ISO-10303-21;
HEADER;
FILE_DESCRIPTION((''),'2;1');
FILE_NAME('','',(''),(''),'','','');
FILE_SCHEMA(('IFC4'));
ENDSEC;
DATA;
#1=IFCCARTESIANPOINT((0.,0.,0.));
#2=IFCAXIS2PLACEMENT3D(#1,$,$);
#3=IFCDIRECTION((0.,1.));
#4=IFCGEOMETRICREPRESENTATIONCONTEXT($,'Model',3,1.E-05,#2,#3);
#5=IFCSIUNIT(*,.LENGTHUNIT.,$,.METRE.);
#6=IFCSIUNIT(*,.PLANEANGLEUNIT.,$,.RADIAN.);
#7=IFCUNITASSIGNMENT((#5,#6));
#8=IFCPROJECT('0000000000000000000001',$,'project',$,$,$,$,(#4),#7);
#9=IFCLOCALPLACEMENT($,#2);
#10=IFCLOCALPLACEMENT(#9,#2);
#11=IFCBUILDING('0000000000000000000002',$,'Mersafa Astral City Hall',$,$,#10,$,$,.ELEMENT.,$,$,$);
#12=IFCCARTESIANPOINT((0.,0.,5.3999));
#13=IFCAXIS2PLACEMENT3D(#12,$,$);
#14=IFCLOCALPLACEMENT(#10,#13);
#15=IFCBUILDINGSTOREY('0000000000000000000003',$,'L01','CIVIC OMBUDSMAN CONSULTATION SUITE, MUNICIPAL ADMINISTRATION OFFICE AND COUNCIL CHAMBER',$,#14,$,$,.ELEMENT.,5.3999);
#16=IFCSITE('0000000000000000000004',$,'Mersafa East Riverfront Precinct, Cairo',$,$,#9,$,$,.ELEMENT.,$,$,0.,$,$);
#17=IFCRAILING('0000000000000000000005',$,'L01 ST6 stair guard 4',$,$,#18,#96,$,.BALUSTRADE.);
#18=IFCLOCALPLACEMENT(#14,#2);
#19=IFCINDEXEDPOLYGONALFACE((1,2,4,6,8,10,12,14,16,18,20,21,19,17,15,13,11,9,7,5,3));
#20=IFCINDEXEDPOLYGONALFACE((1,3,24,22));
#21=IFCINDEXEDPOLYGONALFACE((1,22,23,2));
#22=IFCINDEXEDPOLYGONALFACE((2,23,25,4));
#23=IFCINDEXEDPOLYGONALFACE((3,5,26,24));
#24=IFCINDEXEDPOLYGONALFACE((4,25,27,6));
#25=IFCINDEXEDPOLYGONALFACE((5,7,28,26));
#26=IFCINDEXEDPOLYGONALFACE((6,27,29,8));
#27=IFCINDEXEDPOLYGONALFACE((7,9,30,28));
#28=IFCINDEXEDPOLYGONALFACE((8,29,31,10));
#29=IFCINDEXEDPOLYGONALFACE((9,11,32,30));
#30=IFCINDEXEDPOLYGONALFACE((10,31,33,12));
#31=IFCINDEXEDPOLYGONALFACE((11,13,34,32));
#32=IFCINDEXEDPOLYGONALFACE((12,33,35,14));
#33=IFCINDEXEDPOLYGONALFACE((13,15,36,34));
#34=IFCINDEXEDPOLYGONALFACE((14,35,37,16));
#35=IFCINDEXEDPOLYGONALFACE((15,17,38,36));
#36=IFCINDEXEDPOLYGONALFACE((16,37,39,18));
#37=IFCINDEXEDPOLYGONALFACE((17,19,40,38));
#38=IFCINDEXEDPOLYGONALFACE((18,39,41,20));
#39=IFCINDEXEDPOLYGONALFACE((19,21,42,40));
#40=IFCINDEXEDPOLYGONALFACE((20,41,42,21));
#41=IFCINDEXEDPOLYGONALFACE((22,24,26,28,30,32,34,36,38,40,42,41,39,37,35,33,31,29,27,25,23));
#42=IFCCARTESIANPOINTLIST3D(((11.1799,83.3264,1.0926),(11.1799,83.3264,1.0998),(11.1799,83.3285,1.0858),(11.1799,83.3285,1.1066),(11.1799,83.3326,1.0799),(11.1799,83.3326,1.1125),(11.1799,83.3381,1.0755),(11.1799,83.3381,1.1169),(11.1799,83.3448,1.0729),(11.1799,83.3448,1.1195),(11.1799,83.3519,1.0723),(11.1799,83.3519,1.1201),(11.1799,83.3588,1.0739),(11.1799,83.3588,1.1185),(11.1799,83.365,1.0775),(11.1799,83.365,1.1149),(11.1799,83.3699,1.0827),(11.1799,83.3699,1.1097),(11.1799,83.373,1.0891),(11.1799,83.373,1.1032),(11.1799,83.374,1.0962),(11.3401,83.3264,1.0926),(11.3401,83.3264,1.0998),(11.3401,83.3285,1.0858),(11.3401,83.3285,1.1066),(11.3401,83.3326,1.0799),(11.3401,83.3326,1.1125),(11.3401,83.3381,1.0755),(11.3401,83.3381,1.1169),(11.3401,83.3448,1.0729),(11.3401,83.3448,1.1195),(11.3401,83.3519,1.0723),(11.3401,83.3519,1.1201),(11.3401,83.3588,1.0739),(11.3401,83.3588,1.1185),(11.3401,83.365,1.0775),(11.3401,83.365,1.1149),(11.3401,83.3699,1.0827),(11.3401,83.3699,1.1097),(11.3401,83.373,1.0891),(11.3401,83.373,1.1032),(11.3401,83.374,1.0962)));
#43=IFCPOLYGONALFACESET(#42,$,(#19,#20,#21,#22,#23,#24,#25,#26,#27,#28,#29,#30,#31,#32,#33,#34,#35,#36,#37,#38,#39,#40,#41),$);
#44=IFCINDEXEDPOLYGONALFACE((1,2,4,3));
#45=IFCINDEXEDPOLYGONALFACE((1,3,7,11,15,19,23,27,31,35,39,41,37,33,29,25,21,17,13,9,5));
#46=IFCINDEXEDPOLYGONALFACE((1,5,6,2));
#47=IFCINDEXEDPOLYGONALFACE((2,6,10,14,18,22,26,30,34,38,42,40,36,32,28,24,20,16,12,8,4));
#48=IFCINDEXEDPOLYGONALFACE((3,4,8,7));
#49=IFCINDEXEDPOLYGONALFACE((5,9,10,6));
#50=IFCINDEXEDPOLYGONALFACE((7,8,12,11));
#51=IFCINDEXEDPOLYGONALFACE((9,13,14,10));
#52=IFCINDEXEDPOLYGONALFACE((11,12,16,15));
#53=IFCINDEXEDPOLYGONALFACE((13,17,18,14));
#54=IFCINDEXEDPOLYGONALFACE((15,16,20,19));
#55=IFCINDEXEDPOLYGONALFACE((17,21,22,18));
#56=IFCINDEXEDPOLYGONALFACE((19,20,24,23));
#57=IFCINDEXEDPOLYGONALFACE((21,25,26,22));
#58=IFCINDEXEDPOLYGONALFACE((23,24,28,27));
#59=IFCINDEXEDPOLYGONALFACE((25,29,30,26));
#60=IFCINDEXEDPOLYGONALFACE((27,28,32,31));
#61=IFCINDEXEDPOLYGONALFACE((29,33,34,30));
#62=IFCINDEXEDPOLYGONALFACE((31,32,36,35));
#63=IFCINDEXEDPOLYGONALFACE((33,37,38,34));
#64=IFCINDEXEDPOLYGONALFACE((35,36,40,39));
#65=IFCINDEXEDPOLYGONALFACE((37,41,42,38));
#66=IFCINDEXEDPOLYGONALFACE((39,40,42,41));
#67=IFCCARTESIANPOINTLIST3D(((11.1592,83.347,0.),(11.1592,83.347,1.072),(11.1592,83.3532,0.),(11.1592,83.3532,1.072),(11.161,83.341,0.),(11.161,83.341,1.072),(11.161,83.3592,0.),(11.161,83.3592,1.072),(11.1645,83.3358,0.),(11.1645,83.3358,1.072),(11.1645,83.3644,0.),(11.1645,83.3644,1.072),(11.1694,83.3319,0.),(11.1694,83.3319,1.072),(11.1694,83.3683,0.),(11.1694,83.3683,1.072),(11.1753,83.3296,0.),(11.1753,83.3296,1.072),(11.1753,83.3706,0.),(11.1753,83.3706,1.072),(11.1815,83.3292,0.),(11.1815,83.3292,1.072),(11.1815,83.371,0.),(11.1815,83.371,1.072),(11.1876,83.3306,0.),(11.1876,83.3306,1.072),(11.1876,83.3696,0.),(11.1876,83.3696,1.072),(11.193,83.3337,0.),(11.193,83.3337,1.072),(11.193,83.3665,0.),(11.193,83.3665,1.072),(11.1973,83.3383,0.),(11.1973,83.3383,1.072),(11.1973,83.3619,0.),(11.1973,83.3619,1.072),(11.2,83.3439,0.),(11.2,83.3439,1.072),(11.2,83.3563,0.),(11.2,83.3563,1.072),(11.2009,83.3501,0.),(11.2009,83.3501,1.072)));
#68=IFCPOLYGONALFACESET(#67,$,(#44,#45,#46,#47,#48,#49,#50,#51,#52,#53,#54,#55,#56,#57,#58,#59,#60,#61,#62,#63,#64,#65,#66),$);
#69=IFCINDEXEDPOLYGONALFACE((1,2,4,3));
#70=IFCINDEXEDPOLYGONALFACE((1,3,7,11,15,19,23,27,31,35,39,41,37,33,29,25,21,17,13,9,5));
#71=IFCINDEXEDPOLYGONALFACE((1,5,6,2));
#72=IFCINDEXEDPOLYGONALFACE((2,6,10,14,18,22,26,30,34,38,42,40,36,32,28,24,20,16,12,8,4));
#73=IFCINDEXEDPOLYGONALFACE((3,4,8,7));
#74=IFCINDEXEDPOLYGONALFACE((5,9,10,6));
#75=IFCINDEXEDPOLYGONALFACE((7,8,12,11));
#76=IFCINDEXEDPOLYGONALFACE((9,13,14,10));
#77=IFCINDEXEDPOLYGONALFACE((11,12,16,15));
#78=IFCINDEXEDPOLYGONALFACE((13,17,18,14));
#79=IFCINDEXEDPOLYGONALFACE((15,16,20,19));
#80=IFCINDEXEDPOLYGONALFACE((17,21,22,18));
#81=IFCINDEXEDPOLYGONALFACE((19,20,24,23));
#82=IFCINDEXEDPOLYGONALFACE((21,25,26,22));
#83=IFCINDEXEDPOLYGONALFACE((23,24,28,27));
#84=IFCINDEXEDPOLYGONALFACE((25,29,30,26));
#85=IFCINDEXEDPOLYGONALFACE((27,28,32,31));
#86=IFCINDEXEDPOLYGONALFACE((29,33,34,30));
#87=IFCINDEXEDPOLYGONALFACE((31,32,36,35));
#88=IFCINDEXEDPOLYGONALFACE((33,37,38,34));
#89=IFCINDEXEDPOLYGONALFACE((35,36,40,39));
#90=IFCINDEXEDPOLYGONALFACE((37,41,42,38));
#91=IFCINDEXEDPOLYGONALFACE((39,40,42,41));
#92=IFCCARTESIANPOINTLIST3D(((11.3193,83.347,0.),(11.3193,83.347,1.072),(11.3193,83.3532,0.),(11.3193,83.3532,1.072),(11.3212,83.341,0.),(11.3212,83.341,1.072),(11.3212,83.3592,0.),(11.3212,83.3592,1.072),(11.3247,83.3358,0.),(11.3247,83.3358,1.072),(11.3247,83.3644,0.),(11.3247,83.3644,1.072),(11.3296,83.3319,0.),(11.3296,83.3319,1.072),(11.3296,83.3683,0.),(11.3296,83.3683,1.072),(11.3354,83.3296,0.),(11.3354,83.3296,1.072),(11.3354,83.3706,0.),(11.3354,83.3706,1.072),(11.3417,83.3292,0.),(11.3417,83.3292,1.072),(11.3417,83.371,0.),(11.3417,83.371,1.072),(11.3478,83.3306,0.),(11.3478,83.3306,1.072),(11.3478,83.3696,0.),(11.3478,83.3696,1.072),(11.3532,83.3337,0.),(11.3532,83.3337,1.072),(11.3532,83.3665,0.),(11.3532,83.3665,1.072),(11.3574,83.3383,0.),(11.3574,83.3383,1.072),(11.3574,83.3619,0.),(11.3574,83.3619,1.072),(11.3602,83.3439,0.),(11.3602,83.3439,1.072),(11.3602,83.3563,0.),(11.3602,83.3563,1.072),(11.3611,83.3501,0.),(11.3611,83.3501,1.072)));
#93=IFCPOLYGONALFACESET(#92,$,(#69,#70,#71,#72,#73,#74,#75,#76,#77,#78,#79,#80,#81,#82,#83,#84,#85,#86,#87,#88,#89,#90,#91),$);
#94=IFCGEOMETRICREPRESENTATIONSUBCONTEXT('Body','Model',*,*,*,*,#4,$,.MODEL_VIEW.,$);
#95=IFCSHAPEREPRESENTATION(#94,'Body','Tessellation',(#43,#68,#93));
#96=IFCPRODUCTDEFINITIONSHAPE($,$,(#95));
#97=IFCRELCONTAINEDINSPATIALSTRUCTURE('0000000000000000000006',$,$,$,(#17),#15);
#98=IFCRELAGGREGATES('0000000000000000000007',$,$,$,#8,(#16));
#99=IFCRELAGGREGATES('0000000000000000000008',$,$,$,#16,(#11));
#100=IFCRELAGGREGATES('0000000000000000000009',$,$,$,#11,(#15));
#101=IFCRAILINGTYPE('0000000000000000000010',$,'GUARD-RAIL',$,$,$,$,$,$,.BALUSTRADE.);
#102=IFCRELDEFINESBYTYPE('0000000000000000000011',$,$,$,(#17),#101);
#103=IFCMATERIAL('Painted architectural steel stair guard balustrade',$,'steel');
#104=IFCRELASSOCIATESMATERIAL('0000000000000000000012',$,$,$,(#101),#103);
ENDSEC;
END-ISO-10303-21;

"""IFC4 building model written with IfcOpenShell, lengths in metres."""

from ifc_helpers import new_model, si_unit, direction, frame, origin, origin_2d, place, context, subcontext, project, spatial, circle, extrude, material, type_object, element, save


model = new_model("IFC4")

# Units and contexts
model_context = context("Model", 3, precision=1e-05, world=origin(), true_north=direction((0.0, 1.0)))
body_context = subcontext(model_context, "Body", "Model", "MODEL_VIEW")
ifc_project = project(units=[si_unit("LENGTHUNIT", "METRE"), si_unit("PLANEANGLEUNIT", "RADIAN")], contexts=[model_context])

# Site, building, storey
site_placement = place(None, origin())
site = spatial("IfcSite", under=ifc_project, at=site_placement, Name="Mersafa East Riverfront Precinct, Cairo", CompositionType="ELEMENT", RefElevation=0.0)
building_placement = place(site_placement, origin())
building = spatial("IfcBuilding", under=site, at=building_placement, Name="Mersafa Astral City Hall", CompositionType="ELEMENT")
storey_placement = place(building_placement, frame((0.0, 0.0, 5.3999)))
storey = spatial("IfcBuildingStorey", under=building, at=storey_placement, Name="L01", Description="CIVIC OMBUDSMAN CONSULTATION SUITE, MUNICIPAL ADMINISTRATION OFFICE AND COUNCIL CHAMBER", CompositionType="ELEMENT", Elevation=5.3999)

# Railing
ifc_material_1 = material(Name="Painted architectural steel stair guard balustrade", Category="steel")
railing_type_1 = type_object("IfcRailingType", Name="GUARD-RAIL", PredefinedType="BALUSTRADE", material=ifc_material_1)
railing_1_placement = place(storey_placement, frame((11.1799, 83.3501, 0.0)))
element("IfcRailing", 1, at=railing_1_placement, inside=storey, type_object=railing_type_1, Name="L01 ST6 stair guard 4", PredefinedType="BALUSTRADE", context=body_context, shape_type="SweptSolid", body=[
    extrude(circle(Radius=0.0239, at=origin_2d()), frame((0.0, 0.0, 1.0962), z_axis=(1.0, 0.0, 0.0), x_axis=(0.0, 1.0, 0.0)), (0.0, 0.0, 1.0), 0.1602),
    extrude(circle(Radius=0.021, at=origin_2d()), origin(), (0.0, 0.0, 1.0), 1.072),
    extrude(circle(Radius=0.021, at=origin_2d()), frame((0.1602, 0.0, 0.0)), (0.0, 0.0, 1.0), 1.072),
])

save(model, "model.ifc")
